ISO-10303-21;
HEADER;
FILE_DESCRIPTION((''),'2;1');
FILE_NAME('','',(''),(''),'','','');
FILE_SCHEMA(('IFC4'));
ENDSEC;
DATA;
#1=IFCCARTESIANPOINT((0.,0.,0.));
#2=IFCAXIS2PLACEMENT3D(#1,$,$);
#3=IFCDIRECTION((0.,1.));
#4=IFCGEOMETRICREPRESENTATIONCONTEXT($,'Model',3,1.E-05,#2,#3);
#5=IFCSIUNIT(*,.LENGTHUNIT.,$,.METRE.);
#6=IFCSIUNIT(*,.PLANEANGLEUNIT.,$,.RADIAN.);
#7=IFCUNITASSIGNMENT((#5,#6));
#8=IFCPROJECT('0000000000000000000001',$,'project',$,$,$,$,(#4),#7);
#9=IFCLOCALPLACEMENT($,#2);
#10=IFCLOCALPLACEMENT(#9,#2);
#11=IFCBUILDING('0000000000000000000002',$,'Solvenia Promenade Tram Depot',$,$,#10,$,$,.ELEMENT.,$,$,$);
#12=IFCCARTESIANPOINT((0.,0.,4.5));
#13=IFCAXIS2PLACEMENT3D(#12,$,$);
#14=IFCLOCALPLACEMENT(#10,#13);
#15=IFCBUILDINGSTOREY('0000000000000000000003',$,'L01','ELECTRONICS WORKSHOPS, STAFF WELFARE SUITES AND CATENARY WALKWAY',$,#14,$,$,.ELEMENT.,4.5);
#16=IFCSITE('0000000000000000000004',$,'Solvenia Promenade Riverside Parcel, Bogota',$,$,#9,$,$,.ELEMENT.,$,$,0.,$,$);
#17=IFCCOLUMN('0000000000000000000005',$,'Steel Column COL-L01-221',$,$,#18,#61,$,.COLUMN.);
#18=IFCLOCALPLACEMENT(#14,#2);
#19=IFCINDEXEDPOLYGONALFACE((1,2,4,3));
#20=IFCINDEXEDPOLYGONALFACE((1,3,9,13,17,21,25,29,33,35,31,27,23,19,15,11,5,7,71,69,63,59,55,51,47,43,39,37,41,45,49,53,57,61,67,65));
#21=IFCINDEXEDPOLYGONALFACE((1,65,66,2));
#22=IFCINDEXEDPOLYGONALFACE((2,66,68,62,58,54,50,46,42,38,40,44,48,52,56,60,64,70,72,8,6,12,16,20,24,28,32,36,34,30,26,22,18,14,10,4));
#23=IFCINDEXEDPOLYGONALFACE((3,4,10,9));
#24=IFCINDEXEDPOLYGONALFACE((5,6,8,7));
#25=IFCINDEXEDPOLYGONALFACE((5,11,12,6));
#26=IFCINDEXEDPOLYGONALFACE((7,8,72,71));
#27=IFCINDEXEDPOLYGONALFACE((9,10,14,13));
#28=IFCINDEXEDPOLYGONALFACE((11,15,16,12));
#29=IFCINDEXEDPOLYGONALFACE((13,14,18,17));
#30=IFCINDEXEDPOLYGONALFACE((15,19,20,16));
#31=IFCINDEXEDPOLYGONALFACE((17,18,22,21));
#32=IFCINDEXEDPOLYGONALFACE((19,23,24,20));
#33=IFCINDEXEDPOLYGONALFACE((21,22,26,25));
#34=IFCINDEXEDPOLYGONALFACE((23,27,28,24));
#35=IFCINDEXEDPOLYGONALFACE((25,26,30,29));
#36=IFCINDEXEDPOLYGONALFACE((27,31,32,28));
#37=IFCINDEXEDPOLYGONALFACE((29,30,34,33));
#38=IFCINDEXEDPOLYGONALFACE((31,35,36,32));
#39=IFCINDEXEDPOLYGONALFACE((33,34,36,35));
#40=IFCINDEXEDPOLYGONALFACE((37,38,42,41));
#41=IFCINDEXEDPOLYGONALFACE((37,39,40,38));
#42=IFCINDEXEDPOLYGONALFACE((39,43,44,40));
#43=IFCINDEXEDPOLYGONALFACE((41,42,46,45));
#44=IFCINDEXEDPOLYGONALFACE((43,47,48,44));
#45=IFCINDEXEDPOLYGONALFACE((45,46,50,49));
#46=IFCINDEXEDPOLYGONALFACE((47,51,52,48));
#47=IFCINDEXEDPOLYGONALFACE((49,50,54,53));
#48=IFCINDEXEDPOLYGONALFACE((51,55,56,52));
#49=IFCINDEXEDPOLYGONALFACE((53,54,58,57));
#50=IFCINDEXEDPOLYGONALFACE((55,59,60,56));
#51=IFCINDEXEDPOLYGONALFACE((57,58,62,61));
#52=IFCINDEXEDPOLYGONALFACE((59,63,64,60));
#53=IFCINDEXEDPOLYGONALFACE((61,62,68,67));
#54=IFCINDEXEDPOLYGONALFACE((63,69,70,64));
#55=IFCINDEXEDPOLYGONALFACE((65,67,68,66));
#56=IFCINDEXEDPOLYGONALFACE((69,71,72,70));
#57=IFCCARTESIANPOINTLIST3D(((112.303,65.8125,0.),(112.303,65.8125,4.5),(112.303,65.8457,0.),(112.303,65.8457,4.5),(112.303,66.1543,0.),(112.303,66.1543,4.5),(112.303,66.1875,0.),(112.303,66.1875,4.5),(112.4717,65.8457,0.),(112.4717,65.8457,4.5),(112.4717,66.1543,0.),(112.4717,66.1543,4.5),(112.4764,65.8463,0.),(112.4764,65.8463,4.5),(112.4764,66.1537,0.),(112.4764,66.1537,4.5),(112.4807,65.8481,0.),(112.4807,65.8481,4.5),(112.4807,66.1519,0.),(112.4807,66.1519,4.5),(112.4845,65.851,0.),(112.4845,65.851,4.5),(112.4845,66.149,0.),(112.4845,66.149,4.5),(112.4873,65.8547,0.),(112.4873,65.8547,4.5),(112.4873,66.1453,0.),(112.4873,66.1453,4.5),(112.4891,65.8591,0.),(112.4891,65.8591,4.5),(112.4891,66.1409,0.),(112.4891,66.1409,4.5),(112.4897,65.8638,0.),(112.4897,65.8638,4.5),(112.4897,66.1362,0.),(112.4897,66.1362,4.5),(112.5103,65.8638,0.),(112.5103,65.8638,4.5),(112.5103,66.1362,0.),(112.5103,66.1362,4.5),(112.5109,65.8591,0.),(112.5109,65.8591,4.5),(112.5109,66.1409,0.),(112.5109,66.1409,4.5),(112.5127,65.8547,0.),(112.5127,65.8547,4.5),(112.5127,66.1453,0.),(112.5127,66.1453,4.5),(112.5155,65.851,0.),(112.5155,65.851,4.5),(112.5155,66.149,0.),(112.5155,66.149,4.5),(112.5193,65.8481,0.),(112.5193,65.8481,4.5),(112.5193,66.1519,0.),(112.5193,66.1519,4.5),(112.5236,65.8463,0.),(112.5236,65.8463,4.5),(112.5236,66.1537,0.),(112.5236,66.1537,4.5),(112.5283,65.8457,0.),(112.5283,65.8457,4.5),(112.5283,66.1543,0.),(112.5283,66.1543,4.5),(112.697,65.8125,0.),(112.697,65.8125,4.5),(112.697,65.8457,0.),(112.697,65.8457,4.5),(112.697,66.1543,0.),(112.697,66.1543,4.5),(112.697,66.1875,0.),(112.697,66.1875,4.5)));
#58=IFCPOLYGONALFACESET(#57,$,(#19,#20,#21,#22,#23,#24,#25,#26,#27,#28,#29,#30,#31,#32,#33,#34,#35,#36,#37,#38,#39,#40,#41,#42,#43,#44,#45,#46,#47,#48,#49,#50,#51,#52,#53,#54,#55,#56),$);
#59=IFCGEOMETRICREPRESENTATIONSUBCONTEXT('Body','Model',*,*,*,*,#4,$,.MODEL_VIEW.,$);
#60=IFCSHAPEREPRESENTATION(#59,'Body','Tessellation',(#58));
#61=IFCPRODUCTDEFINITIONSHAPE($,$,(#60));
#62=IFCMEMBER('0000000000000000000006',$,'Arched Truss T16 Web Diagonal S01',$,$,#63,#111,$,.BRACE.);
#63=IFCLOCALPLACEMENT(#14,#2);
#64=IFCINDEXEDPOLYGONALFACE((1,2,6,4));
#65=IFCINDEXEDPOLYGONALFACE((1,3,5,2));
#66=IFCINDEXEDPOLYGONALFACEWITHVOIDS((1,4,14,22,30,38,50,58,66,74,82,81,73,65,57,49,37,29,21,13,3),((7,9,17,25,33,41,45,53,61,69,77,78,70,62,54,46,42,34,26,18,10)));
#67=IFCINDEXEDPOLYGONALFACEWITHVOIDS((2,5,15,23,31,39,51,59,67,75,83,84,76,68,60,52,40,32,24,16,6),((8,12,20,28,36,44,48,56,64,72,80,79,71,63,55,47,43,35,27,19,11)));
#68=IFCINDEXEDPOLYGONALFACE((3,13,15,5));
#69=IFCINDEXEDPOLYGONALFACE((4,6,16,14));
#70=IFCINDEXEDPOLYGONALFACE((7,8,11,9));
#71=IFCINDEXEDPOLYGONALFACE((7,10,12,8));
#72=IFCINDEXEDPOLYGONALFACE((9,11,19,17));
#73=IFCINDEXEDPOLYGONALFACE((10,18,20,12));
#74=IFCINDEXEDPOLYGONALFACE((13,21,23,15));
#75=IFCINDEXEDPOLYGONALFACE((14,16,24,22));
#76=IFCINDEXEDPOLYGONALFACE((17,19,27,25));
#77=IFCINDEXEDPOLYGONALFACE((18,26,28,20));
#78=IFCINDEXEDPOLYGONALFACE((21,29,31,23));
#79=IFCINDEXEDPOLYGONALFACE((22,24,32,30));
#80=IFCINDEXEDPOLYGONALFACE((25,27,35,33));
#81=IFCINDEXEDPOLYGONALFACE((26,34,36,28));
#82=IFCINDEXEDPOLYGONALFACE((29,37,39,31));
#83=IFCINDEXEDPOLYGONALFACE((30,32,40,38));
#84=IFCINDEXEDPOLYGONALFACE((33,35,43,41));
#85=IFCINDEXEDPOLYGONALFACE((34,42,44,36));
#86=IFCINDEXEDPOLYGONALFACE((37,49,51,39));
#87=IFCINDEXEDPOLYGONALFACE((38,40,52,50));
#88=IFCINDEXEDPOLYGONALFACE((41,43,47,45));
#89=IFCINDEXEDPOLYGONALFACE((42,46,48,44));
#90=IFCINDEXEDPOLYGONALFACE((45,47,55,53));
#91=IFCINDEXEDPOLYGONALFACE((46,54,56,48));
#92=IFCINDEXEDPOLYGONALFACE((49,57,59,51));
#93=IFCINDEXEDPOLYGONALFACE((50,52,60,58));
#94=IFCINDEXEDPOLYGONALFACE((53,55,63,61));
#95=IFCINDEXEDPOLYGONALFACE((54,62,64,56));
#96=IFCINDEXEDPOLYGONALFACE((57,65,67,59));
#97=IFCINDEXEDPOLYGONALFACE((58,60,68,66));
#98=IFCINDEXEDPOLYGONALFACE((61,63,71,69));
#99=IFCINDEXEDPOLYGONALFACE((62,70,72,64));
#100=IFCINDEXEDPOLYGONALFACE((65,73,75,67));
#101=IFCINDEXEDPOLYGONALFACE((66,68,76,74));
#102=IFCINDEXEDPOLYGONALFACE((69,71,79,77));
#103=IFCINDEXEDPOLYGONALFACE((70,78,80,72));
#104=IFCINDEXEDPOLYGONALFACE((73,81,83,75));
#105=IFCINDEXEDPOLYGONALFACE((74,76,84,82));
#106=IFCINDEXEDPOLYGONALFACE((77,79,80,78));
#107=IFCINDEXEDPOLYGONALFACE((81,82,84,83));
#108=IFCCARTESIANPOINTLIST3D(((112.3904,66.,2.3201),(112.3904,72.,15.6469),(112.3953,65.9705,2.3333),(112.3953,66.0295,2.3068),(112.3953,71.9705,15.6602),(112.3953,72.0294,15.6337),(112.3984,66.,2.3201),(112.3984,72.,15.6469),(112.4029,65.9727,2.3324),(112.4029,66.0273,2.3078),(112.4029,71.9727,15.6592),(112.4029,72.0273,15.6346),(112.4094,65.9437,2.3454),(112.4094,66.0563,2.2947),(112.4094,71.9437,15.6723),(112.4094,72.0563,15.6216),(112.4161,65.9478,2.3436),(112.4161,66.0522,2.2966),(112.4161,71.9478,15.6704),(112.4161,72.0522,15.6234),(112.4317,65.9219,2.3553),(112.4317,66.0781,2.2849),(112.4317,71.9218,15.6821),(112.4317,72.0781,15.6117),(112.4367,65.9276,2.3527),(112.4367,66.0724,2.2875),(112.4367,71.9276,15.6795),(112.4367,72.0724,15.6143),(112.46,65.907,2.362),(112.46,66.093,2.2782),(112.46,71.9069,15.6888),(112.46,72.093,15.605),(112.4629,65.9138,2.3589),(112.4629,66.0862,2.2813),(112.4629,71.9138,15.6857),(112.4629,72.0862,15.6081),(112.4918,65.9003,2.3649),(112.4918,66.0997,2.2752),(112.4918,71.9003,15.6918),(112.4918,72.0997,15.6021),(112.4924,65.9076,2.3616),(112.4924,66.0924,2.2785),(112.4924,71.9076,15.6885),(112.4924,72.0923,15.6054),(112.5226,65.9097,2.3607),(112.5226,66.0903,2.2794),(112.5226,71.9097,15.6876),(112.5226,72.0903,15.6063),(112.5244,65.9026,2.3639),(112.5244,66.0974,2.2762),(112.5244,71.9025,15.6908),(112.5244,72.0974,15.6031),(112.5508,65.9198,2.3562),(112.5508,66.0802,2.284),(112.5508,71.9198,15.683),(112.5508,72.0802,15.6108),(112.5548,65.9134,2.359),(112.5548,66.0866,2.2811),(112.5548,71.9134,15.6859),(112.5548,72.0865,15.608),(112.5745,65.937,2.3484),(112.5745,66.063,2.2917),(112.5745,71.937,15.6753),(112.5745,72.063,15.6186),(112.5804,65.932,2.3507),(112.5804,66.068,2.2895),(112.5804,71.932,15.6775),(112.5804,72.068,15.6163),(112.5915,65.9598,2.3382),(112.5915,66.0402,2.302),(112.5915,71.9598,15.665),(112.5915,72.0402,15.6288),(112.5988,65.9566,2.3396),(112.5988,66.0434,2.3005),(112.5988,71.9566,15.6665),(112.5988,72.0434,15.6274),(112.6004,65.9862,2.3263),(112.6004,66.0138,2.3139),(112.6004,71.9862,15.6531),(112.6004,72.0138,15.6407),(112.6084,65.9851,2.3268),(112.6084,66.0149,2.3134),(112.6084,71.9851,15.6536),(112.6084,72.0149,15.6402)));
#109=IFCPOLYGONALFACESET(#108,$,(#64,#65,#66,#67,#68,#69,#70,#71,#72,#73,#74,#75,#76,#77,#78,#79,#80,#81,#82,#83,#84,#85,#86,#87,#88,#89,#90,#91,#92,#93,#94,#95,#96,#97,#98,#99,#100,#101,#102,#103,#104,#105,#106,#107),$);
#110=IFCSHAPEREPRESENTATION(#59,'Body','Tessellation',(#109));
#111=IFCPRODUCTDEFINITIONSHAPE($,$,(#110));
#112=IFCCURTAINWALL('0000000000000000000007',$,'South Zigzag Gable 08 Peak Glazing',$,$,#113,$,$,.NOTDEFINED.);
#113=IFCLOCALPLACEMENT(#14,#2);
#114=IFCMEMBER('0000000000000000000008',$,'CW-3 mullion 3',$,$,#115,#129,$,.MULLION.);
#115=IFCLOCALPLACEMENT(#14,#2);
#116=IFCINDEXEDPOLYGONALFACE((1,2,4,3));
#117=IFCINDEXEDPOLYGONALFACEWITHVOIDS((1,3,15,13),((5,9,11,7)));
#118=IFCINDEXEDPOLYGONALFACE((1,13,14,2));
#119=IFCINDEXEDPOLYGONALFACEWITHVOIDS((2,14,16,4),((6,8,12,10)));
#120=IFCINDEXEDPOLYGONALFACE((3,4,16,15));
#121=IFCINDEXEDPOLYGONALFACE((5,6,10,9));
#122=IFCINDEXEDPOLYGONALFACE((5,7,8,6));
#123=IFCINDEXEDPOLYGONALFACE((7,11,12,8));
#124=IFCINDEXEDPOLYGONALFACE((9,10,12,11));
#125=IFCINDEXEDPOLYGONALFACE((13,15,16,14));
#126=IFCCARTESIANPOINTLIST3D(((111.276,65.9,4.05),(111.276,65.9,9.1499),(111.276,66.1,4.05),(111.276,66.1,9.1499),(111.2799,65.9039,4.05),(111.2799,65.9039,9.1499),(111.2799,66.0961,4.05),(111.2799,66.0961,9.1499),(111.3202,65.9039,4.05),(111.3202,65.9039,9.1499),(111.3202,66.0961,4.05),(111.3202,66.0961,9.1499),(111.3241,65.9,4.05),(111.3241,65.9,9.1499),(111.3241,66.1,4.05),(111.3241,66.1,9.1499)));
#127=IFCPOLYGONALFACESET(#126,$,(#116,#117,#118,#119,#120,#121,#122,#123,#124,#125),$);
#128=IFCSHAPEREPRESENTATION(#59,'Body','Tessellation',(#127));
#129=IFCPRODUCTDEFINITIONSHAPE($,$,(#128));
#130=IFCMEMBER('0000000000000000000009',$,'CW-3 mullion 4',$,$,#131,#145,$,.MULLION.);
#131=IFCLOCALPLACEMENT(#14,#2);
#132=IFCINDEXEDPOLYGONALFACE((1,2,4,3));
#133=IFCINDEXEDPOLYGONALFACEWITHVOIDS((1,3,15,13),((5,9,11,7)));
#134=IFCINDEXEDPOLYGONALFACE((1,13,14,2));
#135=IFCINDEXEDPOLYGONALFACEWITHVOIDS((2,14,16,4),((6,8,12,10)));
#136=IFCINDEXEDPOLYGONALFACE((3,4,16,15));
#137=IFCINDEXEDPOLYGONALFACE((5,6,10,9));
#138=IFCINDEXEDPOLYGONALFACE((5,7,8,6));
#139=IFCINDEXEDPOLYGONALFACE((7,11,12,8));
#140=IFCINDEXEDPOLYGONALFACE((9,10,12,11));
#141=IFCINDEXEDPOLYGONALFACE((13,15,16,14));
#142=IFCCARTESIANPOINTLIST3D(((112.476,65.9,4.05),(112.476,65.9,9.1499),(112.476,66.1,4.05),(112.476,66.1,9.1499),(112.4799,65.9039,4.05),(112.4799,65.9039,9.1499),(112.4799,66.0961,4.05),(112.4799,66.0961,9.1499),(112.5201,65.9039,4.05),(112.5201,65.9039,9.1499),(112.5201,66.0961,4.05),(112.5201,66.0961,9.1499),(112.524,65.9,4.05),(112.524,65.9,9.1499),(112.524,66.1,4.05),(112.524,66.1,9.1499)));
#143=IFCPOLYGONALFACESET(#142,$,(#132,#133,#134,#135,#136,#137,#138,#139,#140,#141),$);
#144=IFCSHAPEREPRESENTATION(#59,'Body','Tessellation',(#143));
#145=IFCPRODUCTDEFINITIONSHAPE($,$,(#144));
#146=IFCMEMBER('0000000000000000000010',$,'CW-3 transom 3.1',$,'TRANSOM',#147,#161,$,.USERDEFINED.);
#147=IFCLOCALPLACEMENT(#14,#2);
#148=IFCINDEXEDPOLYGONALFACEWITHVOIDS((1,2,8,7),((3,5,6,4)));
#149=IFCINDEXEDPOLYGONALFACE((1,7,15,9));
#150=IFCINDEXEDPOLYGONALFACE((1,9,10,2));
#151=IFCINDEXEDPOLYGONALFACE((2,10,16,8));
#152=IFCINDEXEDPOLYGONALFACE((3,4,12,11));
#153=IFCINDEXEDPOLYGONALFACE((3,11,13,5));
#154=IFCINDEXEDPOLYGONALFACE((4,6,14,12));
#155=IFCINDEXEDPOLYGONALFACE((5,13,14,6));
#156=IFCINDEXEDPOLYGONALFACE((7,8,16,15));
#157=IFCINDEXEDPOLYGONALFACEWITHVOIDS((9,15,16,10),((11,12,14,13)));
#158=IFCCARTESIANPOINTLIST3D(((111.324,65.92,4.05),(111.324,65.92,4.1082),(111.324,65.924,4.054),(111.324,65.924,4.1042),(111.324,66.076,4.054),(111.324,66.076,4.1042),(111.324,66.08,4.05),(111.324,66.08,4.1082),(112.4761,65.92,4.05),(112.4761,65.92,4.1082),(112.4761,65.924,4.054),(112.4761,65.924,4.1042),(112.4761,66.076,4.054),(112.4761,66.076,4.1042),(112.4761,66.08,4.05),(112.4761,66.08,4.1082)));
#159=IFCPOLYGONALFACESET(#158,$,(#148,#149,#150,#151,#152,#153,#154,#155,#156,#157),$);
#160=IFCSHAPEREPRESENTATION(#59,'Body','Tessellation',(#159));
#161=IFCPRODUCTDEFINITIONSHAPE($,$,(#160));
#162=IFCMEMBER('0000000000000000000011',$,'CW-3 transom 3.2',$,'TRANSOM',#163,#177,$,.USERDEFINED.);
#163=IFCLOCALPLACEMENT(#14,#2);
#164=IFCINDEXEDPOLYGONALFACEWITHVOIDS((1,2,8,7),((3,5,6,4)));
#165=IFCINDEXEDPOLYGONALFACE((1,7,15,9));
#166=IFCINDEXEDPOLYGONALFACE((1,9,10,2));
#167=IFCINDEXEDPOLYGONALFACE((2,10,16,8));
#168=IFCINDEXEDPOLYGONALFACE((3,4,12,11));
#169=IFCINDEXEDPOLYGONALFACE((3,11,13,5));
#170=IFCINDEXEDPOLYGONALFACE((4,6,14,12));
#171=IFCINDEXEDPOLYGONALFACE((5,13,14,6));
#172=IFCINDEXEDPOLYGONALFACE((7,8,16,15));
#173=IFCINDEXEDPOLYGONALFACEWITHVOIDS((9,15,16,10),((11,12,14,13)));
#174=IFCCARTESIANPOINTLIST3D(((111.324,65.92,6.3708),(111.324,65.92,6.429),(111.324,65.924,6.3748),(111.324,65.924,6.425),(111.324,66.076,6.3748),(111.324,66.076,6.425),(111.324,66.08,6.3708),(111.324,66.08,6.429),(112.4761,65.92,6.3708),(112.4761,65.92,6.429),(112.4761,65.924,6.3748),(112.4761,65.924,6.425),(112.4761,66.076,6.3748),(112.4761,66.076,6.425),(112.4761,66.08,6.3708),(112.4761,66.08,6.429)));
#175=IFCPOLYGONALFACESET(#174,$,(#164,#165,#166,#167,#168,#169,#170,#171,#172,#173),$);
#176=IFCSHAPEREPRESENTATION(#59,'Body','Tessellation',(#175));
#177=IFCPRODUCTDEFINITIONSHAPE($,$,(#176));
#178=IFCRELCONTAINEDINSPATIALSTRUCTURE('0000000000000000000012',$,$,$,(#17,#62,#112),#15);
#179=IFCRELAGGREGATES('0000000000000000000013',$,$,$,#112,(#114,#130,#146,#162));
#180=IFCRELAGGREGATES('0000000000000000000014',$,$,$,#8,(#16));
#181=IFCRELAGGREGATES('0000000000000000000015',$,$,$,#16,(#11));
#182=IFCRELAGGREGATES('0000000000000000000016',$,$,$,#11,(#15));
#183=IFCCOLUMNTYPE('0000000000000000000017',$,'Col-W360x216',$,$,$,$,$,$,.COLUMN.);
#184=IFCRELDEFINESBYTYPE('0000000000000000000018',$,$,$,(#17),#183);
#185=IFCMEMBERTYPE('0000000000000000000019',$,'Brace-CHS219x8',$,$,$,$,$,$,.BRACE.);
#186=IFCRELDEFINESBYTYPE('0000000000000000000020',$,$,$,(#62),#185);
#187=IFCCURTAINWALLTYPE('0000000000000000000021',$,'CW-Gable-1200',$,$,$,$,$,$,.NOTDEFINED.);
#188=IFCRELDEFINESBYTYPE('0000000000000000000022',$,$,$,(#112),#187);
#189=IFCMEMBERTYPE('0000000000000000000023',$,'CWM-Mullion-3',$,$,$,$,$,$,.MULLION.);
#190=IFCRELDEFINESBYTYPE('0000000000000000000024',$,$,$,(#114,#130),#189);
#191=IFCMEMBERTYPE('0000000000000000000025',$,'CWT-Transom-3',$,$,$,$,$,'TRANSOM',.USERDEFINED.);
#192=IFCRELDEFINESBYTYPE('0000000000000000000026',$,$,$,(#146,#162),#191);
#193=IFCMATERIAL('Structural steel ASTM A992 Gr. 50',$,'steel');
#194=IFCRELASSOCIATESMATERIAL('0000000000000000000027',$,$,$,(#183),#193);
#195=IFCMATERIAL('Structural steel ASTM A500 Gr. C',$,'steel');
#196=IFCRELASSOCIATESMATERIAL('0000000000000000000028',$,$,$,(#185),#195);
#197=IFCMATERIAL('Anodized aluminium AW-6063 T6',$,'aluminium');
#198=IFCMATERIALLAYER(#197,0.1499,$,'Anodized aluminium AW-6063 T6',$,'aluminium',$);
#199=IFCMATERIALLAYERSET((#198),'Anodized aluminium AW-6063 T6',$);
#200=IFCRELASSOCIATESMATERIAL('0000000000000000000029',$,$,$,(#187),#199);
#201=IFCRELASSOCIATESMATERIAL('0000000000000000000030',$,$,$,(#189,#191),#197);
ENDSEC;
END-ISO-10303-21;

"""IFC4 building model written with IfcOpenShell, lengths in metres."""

from ifc_helpers import new_model, si_unit, direction, frame, origin, origin_2d, place, context, subcontext, project, spatial, hollow_rectangle, hollow_circle, i_section, extrude, material, layer, layer_set, material_profile, profile_set, type_object, element, aggregate, save


model = new_model("IFC4")

# Units and contexts
model_context = context("Model", 3, precision=1e-05, world=origin(), true_north=direction((0.0, 1.0)))
body_context = subcontext(model_context, "Body", "Model", "MODEL_VIEW")
ifc_project = project(units=[si_unit("LENGTHUNIT", "METRE"), si_unit("PLANEANGLEUNIT", "RADIAN")], contexts=[model_context])

# Site, building, storey
site_placement = place(None, origin())
site = spatial("IfcSite", under=ifc_project, at=site_placement, Name="Solvenia Promenade Riverside Parcel, Bogota", CompositionType="ELEMENT", RefElevation=0.0)
building_placement = place(site_placement, origin())
building = spatial("IfcBuilding", under=site, at=building_placement, Name="Solvenia Promenade Tram Depot", CompositionType="ELEMENT")
storey_placement = place(building_placement, frame((0.0, 0.0, 4.5)))
storey = spatial("IfcBuildingStorey", under=building, at=storey_placement, Name="L01", Description="ELECTRONICS WORKSHOPS, STAFF WELFARE SUITES AND CATENARY WALKWAY", CompositionType="ELEMENT", Elevation=4.5)

# Column
ifc_material_1 = material(Name="Structural steel ASTM A992 Gr. 50", Category="steel")
ifc_material_profile_1 = material_profile(ifc_material_1, i_section(OverallWidth=0.394, OverallDepth=0.375, WebThickness=0.0205, FlangeThickness=0.0332, FilletRadius=0.0181, at=origin_2d()), Name="W360x216", Category="steel")
ifc_profile_set_1 = profile_set([ifc_material_profile_1], Name="Structural steel ASTM A992 Gr. 50")
column_type = type_object("IfcColumnType", Name="Col-W360x216", PredefinedType="COLUMN", material=ifc_profile_set_1)
column_placement = place(storey_placement, frame((112.5, 66.0, 0.0), z_axis=(0.0, 0.0, 1.0), x_axis=(1.0, 0.0, 0.0)))
element("IfcColumn", 1, at=column_placement, inside=storey, type_object=column_type, Name="Steel Column COL-L01-221", PredefinedType="COLUMN", context=body_context, shape_type="SweptSolid", body=[
    extrude(i_section(OverallWidth=0.394, OverallDepth=0.375, WebThickness=0.0205, FlangeThickness=0.0332, FilletRadius=0.0181, at=origin_2d()), origin(), (0.0, 0.0, 1.0), 4.5),
])

# Member
ifc_material_2 = material(Name="Structural steel ASTM A500 Gr. C", Category="steel")
ifc_material_profile_2 = material_profile(ifc_material_2, hollow_circle(Radius=0.1096, WallThickness=0.0081, at=origin_2d()), Name="CHS219.1x8", Category="steel")
ifc_profile_set_2 = profile_set([ifc_material_profile_2], Name="Structural steel ASTM A500 Gr. C")
member_type_1 = type_object("IfcMemberType", Name="Brace-CHS219x8", PredefinedType="BRACE", material=ifc_profile_set_2)
member_1_placement = place(storey_placement, frame((112.5, 66.0, 2.3201), z_axis=(0.0, 0.410529, 0.911847), x_axis=(-1.0, 0.0, 0.0)))
element("IfcMember", 2, at=member_1_placement, inside=storey, type_object=member_type_1, Name="Arched Truss T16 Web Diagonal S01", PredefinedType="BRACE", context=body_context, shape_type="SweptSolid", body=[
    extrude(hollow_circle(Radius=0.1096, WallThickness=0.0081, at=origin_2d()), origin(), (0.0, 0.0, 1.0), 14.6152),
])

# Curtain wall, members
ifc_material_3 = material(Name="Anodized aluminium AW-6063 T6", Category="aluminium")
ifc_layer_1 = layer(ifc_material_3, 0.1499, Name="Anodized aluminium AW-6063 T6", Category="aluminium")
ifc_layer_set_1 = layer_set([ifc_layer_1], Name="Anodized aluminium AW-6063 T6")
curtain_wall_type = type_object("IfcCurtainWallType", Name="CW-Gable-1200", PredefinedType="NOTDEFINED", material=ifc_layer_set_1)
curtain_wall_placement = place(storey_placement, origin())
curtain_wall = element("IfcCurtainWall", 3, at=curtain_wall_placement, inside=storey, type_object=curtain_wall_type, Name="South Zigzag Gable 08 Peak Glazing", PredefinedType="NOTDEFINED")
ifc_material_profile_3 = material_profile(ifc_material_3, hollow_rectangle(XDim=0.2, YDim=0.0481, WallThickness=0.0039, at=origin_2d()), Name="ALU-M3", Category="aluminium")
ifc_profile_set_3 = profile_set([ifc_material_profile_3], Name="Anodized aluminium AW-6063 T6")
member_type_2 = type_object("IfcMemberType", Name="CWM-Mullion-3", PredefinedType="MULLION", material=ifc_profile_set_3)
member_2_placement = place(storey_placement, frame((111.3, 66.0, 4.05), z_axis=(0.0, 0.0, 1.0), x_axis=(0.0, 1.0, 0.0)))
member_2 = element("IfcMember", 4, at=member_2_placement, type_object=member_type_2, Name="CW-3 mullion 3", PredefinedType="MULLION", context=body_context, shape_type="SweptSolid", body=[
    extrude(hollow_rectangle(XDim=0.2, YDim=0.0481, WallThickness=0.0039, at=origin_2d()), origin(), (0.0, 0.0, 1.0), 5.0999),
])
member_3_placement = place(storey_placement, frame((112.5, 66.0, 4.05), z_axis=(0.0, 0.0, 1.0), x_axis=(0.0, 1.0, 0.0)))
member_3 = element("IfcMember", 5, at=member_3_placement, type_object=member_type_2, Name="CW-3 mullion 4", PredefinedType="MULLION", context=body_context, shape_type="SweptSolid", body=[
    extrude(hollow_rectangle(XDim=0.2, YDim=0.0481, WallThickness=0.0039, at=origin_2d()), origin(), (0.0, 0.0, 1.0), 5.0999),
])
ifc_material_profile_4 = material_profile(ifc_material_3, hollow_rectangle(XDim=0.1599, YDim=0.0581, WallThickness=0.0039, at=origin_2d()), Name="ALU-T3", Category="aluminium")
ifc_profile_set_4 = profile_set([ifc_material_profile_4], Name="Anodized aluminium AW-6063 T6")
member_type_3 = type_object("IfcMemberType", Name="CWT-Transom-3", ElementType="TRANSOM", PredefinedType="USERDEFINED", material=ifc_profile_set_4)
member_4_placement = place(storey_placement, frame((111.324, 66.0, 4.0791), z_axis=(1.0, 0.0, 0.0), x_axis=(0.0, 1.0, 0.0)))
member_4 = element("IfcMember", 6, at=member_4_placement, type_object=member_type_3, Name="CW-3 transom 3.1", ObjectType="TRANSOM", PredefinedType="USERDEFINED", context=body_context, shape_type="SweptSolid", body=[
    extrude(hollow_rectangle(XDim=0.1599, YDim=0.0581, WallThickness=0.0039, at=origin_2d()), origin(), (0.0, 0.0, 1.0), 1.1521),
])
member_5_placement = place(storey_placement, frame((111.324, 66.0, 6.3999), z_axis=(1.0, 0.0, 0.0), x_axis=(0.0, 1.0, 0.0)))
member_5 = element("IfcMember", 7, at=member_5_placement, type_object=member_type_3, Name="CW-3 transom 3.2", ObjectType="TRANSOM", PredefinedType="USERDEFINED", context=body_context, shape_type="SweptSolid", body=[
    extrude(hollow_rectangle(XDim=0.1599, YDim=0.0581, WallThickness=0.0039, at=origin_2d()), origin(), (0.0, 0.0, 1.0), 1.1521),
])

aggregate(curtain_wall, [member_2, member_3, member_4, member_5])

save(model, "model.ifc")
